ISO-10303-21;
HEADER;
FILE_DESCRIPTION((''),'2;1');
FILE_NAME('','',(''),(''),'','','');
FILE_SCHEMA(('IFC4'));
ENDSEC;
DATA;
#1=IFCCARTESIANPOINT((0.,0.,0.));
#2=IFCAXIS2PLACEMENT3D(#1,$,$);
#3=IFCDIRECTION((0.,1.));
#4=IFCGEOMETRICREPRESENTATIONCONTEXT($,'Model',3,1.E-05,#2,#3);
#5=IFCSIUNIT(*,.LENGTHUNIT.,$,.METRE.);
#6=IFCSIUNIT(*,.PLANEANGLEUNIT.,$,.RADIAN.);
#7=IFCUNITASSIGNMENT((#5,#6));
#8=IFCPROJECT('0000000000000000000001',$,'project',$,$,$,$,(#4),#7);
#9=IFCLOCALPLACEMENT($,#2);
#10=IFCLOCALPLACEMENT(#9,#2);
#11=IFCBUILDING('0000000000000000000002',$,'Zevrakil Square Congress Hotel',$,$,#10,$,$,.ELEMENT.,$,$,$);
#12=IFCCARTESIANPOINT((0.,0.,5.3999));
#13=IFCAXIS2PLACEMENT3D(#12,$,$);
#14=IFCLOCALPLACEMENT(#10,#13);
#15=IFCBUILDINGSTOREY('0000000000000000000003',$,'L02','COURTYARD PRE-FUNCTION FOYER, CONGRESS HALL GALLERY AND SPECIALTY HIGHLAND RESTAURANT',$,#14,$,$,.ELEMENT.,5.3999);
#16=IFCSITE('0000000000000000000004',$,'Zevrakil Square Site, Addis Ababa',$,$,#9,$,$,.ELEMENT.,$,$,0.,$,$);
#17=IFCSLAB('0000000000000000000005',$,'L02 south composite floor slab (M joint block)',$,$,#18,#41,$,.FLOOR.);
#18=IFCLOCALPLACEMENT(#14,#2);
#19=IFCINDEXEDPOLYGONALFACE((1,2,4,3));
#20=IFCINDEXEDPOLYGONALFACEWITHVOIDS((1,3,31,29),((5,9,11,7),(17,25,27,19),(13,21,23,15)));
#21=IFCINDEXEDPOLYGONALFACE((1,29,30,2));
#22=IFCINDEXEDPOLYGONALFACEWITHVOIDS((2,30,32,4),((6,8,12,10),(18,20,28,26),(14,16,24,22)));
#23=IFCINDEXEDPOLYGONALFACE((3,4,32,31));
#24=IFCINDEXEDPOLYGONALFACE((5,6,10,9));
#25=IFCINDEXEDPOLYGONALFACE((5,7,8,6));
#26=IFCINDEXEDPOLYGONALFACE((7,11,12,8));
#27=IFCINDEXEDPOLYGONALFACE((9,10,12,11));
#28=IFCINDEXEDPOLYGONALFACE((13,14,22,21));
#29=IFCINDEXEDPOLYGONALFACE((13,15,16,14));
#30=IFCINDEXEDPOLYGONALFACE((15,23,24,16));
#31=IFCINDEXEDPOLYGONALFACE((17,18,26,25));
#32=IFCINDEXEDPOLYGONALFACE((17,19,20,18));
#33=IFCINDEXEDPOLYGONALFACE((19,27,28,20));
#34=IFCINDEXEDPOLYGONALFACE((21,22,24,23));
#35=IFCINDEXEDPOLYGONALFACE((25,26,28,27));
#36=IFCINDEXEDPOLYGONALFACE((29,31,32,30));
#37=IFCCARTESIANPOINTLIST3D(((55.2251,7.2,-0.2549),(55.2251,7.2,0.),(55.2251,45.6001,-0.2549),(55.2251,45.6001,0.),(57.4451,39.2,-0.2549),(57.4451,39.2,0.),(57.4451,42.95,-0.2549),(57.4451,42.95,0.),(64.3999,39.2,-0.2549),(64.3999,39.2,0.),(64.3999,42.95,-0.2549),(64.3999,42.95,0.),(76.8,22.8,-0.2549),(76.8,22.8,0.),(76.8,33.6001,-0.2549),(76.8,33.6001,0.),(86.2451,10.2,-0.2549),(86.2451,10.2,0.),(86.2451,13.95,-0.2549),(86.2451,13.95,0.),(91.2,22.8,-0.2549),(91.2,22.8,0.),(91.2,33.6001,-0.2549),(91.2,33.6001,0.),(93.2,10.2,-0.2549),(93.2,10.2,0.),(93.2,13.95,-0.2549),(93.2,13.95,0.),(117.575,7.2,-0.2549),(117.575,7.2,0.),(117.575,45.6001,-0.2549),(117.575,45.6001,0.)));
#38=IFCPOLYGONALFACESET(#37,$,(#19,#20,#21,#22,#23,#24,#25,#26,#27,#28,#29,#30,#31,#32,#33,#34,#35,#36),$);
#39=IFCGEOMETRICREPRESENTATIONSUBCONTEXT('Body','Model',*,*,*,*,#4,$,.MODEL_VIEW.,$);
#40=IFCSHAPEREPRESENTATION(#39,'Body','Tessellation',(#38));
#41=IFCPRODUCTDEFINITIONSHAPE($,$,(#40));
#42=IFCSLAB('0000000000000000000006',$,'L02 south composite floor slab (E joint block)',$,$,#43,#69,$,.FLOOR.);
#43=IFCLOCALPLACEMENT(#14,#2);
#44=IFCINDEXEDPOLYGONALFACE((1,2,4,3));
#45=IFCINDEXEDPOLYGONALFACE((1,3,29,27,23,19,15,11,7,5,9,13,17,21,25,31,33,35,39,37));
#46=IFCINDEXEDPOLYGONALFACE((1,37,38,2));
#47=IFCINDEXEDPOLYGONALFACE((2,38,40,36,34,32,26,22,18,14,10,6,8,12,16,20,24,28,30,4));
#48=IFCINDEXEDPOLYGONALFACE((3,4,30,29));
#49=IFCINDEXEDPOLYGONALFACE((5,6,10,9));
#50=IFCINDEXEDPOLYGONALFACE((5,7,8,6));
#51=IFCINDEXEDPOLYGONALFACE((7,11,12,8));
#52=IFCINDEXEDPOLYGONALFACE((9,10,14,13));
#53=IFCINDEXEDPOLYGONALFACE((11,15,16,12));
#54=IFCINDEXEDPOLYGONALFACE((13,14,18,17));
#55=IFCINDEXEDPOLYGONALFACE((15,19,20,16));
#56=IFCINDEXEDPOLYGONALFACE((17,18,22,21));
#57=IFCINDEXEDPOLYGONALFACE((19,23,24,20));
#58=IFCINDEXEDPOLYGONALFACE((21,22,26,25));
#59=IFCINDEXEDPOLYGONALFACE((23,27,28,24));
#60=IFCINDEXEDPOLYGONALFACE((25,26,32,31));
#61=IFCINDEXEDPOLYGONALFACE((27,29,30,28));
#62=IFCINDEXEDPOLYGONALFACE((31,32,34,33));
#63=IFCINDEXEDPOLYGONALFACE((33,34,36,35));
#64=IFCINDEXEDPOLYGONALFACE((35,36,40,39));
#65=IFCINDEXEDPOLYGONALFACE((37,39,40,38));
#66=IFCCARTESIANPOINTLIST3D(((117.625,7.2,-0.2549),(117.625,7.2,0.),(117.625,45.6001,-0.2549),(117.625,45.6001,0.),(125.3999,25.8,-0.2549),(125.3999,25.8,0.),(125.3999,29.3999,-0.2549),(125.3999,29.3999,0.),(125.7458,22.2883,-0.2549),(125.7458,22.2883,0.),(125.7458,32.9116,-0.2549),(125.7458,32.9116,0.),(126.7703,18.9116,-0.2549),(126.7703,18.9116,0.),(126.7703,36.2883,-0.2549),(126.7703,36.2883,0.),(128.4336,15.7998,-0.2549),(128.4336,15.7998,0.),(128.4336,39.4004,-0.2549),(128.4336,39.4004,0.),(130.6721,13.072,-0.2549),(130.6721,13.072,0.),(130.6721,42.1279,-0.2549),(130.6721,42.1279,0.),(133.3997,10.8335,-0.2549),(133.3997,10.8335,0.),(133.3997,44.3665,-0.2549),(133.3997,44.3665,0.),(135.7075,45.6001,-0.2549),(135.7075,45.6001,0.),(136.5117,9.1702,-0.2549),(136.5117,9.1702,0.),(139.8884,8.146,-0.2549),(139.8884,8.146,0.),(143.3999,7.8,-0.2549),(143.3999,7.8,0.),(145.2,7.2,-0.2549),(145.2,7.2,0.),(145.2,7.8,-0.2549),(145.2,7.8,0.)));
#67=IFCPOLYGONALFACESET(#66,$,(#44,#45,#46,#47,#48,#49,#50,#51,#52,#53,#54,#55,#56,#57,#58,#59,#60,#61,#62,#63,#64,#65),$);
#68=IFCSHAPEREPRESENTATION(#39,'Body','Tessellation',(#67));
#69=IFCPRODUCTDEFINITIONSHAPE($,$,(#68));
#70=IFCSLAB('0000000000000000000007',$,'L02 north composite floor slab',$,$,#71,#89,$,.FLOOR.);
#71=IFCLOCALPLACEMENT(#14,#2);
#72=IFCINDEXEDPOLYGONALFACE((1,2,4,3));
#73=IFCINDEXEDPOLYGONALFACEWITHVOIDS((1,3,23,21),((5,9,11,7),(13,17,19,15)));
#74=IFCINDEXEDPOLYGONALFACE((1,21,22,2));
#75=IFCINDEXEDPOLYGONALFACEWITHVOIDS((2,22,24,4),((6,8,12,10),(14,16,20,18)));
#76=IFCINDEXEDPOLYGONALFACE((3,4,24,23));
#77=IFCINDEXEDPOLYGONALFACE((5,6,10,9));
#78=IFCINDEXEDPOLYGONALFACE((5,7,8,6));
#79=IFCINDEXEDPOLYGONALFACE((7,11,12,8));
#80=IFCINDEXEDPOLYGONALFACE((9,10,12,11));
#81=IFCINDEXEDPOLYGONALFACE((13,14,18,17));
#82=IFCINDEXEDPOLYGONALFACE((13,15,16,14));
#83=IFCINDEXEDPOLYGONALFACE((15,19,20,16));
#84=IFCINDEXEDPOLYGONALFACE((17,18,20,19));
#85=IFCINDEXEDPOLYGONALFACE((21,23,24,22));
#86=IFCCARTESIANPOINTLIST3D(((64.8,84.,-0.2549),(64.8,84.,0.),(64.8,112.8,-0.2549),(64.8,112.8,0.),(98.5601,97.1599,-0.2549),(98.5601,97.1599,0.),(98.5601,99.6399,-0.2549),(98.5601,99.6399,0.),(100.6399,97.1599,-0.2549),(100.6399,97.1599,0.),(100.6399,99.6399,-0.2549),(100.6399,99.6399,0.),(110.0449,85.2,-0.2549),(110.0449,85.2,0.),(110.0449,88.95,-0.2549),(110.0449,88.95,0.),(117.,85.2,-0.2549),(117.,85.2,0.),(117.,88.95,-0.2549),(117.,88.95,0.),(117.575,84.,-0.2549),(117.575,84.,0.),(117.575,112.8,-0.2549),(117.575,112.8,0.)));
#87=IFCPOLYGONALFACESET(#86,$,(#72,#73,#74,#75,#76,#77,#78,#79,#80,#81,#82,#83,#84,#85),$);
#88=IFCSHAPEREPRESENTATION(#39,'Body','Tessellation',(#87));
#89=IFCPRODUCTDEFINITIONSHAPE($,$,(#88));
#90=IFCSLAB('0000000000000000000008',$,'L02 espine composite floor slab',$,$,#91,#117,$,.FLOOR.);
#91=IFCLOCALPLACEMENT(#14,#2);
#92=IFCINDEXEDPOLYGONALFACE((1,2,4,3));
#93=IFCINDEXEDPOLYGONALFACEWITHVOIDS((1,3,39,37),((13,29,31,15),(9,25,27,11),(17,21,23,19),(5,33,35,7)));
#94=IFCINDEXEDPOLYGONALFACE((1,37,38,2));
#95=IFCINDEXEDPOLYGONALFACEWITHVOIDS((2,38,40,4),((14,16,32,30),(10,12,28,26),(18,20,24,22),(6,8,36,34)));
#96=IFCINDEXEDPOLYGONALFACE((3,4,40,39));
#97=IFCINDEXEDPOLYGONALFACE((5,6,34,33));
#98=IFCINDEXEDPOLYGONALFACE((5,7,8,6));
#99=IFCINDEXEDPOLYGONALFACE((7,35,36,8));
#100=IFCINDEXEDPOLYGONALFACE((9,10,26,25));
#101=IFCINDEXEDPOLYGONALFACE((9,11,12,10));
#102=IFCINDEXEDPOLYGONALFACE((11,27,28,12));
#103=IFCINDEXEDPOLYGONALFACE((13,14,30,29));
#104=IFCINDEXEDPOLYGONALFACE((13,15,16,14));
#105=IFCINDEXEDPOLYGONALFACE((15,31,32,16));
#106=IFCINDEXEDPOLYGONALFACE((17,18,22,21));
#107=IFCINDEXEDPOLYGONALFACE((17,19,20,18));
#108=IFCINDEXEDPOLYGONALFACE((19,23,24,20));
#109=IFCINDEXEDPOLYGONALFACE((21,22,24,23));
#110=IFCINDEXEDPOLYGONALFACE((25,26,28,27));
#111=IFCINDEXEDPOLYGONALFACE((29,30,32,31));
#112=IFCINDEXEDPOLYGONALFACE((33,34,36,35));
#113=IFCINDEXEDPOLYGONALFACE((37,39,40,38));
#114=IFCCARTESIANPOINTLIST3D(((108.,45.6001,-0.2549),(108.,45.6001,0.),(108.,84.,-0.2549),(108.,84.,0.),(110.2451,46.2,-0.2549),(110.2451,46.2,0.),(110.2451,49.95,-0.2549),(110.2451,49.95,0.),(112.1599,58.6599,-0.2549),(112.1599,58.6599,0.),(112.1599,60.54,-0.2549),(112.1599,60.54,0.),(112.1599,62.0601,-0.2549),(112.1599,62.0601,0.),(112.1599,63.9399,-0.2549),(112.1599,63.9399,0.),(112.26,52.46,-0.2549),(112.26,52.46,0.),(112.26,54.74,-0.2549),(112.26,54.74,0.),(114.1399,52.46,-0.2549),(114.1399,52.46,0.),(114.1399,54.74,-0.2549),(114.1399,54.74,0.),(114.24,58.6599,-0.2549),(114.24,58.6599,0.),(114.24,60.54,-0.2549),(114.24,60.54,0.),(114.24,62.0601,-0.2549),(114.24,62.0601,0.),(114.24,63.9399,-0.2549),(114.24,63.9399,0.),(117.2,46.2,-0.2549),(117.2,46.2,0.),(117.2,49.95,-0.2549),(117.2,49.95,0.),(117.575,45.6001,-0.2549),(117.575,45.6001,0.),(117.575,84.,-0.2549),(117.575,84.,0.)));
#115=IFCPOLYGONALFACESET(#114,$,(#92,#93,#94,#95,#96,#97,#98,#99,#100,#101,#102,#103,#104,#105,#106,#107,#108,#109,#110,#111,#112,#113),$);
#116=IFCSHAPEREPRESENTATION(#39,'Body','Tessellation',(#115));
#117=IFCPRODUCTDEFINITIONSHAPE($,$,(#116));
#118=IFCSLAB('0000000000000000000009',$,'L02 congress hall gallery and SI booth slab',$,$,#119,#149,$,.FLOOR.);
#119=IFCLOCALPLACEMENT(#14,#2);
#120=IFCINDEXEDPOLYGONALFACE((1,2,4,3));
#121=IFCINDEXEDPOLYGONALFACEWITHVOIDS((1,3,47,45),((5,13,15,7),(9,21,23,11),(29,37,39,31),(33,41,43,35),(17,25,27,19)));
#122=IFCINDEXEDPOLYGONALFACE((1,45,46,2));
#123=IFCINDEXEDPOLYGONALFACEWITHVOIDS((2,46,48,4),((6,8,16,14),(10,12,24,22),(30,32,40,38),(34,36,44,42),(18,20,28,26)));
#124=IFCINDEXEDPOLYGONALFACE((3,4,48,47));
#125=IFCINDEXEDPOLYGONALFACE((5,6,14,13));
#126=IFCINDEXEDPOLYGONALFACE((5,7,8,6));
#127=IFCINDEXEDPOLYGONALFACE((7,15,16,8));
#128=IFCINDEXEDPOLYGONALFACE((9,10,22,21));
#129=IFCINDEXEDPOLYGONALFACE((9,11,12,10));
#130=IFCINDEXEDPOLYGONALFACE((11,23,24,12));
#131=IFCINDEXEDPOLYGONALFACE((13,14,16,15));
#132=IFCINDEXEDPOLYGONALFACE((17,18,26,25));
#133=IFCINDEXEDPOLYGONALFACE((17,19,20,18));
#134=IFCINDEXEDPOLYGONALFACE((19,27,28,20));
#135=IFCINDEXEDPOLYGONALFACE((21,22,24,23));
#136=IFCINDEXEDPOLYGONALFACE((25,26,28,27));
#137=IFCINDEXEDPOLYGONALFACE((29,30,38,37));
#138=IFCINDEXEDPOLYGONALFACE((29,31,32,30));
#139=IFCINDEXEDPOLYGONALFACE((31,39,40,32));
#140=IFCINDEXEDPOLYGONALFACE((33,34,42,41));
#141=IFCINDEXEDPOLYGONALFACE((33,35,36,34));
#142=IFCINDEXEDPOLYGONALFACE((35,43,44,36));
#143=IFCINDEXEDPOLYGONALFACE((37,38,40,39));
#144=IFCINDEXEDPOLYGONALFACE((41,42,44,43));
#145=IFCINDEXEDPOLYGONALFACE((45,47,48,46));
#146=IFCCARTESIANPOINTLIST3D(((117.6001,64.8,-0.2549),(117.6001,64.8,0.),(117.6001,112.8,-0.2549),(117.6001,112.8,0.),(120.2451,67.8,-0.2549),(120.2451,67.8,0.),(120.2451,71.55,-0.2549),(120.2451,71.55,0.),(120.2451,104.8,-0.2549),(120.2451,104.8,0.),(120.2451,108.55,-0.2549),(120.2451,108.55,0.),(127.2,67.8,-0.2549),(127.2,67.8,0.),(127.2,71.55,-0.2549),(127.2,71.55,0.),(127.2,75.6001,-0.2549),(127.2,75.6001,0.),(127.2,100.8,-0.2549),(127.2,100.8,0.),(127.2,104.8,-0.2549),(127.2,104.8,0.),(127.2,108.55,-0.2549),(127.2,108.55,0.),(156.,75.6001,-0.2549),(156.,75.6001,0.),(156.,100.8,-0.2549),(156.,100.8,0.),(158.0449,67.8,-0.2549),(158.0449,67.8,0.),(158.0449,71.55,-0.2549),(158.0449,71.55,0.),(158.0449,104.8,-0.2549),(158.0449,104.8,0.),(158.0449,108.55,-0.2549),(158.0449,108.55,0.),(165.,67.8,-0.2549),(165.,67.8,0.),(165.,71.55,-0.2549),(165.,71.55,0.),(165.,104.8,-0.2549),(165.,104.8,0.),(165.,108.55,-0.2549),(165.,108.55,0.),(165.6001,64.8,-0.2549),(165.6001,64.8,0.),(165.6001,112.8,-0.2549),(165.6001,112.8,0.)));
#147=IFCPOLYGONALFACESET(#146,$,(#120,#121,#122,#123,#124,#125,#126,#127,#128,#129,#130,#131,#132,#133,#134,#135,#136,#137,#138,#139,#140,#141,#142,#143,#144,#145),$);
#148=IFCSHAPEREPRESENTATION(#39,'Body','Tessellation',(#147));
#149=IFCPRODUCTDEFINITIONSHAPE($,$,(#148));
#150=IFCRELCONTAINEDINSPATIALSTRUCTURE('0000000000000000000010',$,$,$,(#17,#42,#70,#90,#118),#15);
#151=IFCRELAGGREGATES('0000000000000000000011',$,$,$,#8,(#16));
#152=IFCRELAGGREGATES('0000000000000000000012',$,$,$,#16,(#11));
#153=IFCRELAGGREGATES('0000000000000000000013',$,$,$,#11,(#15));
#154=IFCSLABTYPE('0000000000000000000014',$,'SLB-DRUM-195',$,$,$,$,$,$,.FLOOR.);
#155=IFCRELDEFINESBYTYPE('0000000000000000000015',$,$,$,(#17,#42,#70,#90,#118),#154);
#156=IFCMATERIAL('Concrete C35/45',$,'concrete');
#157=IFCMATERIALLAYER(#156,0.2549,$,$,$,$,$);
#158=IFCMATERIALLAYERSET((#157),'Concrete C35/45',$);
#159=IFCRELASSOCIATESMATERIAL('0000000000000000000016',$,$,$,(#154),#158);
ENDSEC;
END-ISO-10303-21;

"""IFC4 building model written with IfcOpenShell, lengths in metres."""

from ifc_helpers import new_model, si_unit, direction, frame, origin, place, context, subcontext, project, spatial, polyline, outline, extrude, material, layer, layer_set, type_object, element, save


model = new_model("IFC4")

# Units and contexts
model_context = context("Model", 3, precision=1e-05, world=origin(), true_north=direction((0.0, 1.0)))
body_context = subcontext(model_context, "Body", "Model", "MODEL_VIEW")
ifc_project = project(units=[si_unit("LENGTHUNIT", "METRE"), si_unit("PLANEANGLEUNIT", "RADIAN")], contexts=[model_context])

# Site, building, storey
site_placement = place(None, origin())
site = spatial("IfcSite", under=ifc_project, at=site_placement, Name="Zevrakil Square Site, Addis Ababa", CompositionType="ELEMENT", RefElevation=0.0)
building_placement = place(site_placement, origin())
building = spatial("IfcBuilding", under=site, at=building_placement, Name="Zevrakil Square Congress Hotel", CompositionType="ELEMENT")
storey_placement = place(building_placement, frame((0.0, 0.0, 5.3999)))
storey = spatial("IfcBuildingStorey", under=building, at=storey_placement, Name="L02", Description="COURTYARD PRE-FUNCTION FOYER, CONGRESS HALL GALLERY AND SPECIALTY HIGHLAND RESTAURANT", CompositionType="ELEMENT", Elevation=5.3999)

# Slabs
ifc_material_1 = material(Name="Concrete C35/45", Category="concrete")
ifc_layer_1 = layer(ifc_material_1, 0.2549)
ifc_layer_set_1 = layer_set([ifc_layer_1], Name="Concrete C35/45")
slab_type_1 = type_object("IfcSlabType", Name="SLB-DRUM-195", PredefinedType="FLOOR", material=ifc_layer_set_1)
slab_1_placement = place(storey_placement, frame((0.0, 0.0, -0.2549)))
element("IfcSlab", 1, at=slab_1_placement, inside=storey, type_object=slab_type_1, Name="L02 south composite floor slab (M joint block)", PredefinedType="FLOOR", context=body_context, shape_type="SweptSolid", body=[
    extrude(outline(polyline([(55.2251, 7.2), (55.2251, 45.6001), (117.575, 45.6001), (117.575, 7.2), (55.2251, 7.2)]), holes=[polyline([(57.4451, 39.2), (64.3999, 39.2), (64.3999, 42.95), (57.4451, 42.95), (57.4451, 39.2)]), polyline([(86.2451, 10.2), (93.2, 10.2), (93.2, 13.95), (86.2451, 13.95), (86.2451, 10.2)]), polyline([(76.8, 22.8), (91.2, 22.8), (91.2, 33.6001), (76.8, 33.6001), (76.8, 22.8)])]), origin(), (0.0, 0.0, 1.0), 0.2549),
])
slab_2_placement = place(storey_placement, frame((0.0, 0.0, -0.2549)))
element("IfcSlab", 2, at=slab_2_placement, inside=storey, type_object=slab_type_1, Name="L02 south composite floor slab (E joint block)", PredefinedType="FLOOR", context=body_context, shape_type="SweptSolid", body=[
    extrude(outline(polyline([(117.625, 7.2), (117.625, 45.6001), (135.7075, 45.6001), (133.3997, 44.3665), (130.6721, 42.1279), (128.4336, 39.4004), (126.7703, 36.2883), (125.7458, 32.9116), (125.3999, 29.3999), (125.3999, 25.8), (125.7458, 22.2883), (126.7703, 18.9116), (128.4336, 15.7998), (130.6721, 13.072), (133.3997, 10.8335), (136.5117, 9.1702), (139.8884, 8.146), (143.3999, 7.8), (145.2, 7.8), (145.2, 7.2), (117.625, 7.2)])), origin(), (0.0, 0.0, 1.0), 0.2549),
])
slab_3_placement = place(storey_placement, frame((0.0, 0.0, -0.2549)))
element("IfcSlab", 3, at=slab_3_placement, inside=storey, type_object=slab_type_1, Name="L02 north composite floor slab", PredefinedType="FLOOR", context=body_context, shape_type="SweptSolid", body=[
    extrude(outline(polyline([(64.8, 84.0), (64.8, 112.8), (117.575, 112.8), (117.575, 84.0), (64.8, 84.0)]), holes=[polyline([(110.0449, 85.2), (117.0, 85.2), (117.0, 88.95), (110.0449, 88.95), (110.0449, 85.2)]), polyline([(98.5601, 97.1599), (100.6399, 97.1599), (100.6399, 99.6399), (98.5601, 99.6399), (98.5601, 97.1599)])]), origin(), (0.0, 0.0, 1.0), 0.2549),
])
slab_4_placement = place(storey_placement, frame((0.0, 0.0, -0.2549)))
element("IfcSlab", 4, at=slab_4_placement, inside=storey, type_object=slab_type_1, Name="L02 espine composite floor slab", PredefinedType="FLOOR", context=body_context, shape_type="SweptSolid", body=[
    extrude(outline(polyline([(108.0, 45.6001), (108.0, 84.0), (117.575, 84.0), (117.575, 45.6001), (108.0, 45.6001)]), holes=[polyline([(110.2451, 46.2), (117.2, 46.2), (117.2, 49.95), (110.2451, 49.95), (110.2451, 46.2)]), polyline([(112.26, 52.46), (114.1399, 52.46), (114.1399, 54.74), (112.26, 54.74), (112.26, 52.46)]), polyline([(112.1599, 58.6599), (114.24, 58.6599), (114.24, 60.54), (112.1599, 60.54), (112.1599, 58.6599)]), polyline([(112.1599, 62.0601), (114.24, 62.0601), (114.24, 63.9399), (112.1599, 63.9399), (112.1599, 62.0601)])]), origin(), (0.0, 0.0, 1.0), 0.2549),
])
slab_5_placement = place(storey_placement, frame((0.0, 0.0, -0.2549)))
element("IfcSlab", 5, at=slab_5_placement, inside=storey, type_object=slab_type_1, Name="L02 congress hall gallery and SI booth slab", PredefinedType="FLOOR", context=body_context, shape_type="SweptSolid", body=[
    extrude(outline(polyline([(117.6001, 64.8), (165.6001, 64.8), (165.6001, 112.8), (117.6001, 112.8), (117.6001, 64.8)]), holes=[polyline([(120.2451, 67.8), (127.2, 67.8), (127.2, 71.55), (120.2451, 71.55), (120.2451, 67.8)]), polyline([(158.0449, 67.8), (165.0, 67.8), (165.0, 71.55), (158.0449, 71.55), (158.0449, 67.8)]), polyline([(158.0449, 104.8), (165.0, 104.8), (165.0, 108.55), (158.0449, 108.55), (158.0449, 104.8)]), polyline([(120.2451, 104.8), (127.2, 104.8), (127.2, 108.55), (120.2451, 108.55), (120.2451, 104.8)]), polyline([(127.2, 75.6001), (156.0, 75.6001), (156.0, 100.8), (127.2, 100.8), (127.2, 75.6001)])]), origin(), (0.0, 0.0, 1.0), 0.2549),
])

save(model, "model.ifc")
